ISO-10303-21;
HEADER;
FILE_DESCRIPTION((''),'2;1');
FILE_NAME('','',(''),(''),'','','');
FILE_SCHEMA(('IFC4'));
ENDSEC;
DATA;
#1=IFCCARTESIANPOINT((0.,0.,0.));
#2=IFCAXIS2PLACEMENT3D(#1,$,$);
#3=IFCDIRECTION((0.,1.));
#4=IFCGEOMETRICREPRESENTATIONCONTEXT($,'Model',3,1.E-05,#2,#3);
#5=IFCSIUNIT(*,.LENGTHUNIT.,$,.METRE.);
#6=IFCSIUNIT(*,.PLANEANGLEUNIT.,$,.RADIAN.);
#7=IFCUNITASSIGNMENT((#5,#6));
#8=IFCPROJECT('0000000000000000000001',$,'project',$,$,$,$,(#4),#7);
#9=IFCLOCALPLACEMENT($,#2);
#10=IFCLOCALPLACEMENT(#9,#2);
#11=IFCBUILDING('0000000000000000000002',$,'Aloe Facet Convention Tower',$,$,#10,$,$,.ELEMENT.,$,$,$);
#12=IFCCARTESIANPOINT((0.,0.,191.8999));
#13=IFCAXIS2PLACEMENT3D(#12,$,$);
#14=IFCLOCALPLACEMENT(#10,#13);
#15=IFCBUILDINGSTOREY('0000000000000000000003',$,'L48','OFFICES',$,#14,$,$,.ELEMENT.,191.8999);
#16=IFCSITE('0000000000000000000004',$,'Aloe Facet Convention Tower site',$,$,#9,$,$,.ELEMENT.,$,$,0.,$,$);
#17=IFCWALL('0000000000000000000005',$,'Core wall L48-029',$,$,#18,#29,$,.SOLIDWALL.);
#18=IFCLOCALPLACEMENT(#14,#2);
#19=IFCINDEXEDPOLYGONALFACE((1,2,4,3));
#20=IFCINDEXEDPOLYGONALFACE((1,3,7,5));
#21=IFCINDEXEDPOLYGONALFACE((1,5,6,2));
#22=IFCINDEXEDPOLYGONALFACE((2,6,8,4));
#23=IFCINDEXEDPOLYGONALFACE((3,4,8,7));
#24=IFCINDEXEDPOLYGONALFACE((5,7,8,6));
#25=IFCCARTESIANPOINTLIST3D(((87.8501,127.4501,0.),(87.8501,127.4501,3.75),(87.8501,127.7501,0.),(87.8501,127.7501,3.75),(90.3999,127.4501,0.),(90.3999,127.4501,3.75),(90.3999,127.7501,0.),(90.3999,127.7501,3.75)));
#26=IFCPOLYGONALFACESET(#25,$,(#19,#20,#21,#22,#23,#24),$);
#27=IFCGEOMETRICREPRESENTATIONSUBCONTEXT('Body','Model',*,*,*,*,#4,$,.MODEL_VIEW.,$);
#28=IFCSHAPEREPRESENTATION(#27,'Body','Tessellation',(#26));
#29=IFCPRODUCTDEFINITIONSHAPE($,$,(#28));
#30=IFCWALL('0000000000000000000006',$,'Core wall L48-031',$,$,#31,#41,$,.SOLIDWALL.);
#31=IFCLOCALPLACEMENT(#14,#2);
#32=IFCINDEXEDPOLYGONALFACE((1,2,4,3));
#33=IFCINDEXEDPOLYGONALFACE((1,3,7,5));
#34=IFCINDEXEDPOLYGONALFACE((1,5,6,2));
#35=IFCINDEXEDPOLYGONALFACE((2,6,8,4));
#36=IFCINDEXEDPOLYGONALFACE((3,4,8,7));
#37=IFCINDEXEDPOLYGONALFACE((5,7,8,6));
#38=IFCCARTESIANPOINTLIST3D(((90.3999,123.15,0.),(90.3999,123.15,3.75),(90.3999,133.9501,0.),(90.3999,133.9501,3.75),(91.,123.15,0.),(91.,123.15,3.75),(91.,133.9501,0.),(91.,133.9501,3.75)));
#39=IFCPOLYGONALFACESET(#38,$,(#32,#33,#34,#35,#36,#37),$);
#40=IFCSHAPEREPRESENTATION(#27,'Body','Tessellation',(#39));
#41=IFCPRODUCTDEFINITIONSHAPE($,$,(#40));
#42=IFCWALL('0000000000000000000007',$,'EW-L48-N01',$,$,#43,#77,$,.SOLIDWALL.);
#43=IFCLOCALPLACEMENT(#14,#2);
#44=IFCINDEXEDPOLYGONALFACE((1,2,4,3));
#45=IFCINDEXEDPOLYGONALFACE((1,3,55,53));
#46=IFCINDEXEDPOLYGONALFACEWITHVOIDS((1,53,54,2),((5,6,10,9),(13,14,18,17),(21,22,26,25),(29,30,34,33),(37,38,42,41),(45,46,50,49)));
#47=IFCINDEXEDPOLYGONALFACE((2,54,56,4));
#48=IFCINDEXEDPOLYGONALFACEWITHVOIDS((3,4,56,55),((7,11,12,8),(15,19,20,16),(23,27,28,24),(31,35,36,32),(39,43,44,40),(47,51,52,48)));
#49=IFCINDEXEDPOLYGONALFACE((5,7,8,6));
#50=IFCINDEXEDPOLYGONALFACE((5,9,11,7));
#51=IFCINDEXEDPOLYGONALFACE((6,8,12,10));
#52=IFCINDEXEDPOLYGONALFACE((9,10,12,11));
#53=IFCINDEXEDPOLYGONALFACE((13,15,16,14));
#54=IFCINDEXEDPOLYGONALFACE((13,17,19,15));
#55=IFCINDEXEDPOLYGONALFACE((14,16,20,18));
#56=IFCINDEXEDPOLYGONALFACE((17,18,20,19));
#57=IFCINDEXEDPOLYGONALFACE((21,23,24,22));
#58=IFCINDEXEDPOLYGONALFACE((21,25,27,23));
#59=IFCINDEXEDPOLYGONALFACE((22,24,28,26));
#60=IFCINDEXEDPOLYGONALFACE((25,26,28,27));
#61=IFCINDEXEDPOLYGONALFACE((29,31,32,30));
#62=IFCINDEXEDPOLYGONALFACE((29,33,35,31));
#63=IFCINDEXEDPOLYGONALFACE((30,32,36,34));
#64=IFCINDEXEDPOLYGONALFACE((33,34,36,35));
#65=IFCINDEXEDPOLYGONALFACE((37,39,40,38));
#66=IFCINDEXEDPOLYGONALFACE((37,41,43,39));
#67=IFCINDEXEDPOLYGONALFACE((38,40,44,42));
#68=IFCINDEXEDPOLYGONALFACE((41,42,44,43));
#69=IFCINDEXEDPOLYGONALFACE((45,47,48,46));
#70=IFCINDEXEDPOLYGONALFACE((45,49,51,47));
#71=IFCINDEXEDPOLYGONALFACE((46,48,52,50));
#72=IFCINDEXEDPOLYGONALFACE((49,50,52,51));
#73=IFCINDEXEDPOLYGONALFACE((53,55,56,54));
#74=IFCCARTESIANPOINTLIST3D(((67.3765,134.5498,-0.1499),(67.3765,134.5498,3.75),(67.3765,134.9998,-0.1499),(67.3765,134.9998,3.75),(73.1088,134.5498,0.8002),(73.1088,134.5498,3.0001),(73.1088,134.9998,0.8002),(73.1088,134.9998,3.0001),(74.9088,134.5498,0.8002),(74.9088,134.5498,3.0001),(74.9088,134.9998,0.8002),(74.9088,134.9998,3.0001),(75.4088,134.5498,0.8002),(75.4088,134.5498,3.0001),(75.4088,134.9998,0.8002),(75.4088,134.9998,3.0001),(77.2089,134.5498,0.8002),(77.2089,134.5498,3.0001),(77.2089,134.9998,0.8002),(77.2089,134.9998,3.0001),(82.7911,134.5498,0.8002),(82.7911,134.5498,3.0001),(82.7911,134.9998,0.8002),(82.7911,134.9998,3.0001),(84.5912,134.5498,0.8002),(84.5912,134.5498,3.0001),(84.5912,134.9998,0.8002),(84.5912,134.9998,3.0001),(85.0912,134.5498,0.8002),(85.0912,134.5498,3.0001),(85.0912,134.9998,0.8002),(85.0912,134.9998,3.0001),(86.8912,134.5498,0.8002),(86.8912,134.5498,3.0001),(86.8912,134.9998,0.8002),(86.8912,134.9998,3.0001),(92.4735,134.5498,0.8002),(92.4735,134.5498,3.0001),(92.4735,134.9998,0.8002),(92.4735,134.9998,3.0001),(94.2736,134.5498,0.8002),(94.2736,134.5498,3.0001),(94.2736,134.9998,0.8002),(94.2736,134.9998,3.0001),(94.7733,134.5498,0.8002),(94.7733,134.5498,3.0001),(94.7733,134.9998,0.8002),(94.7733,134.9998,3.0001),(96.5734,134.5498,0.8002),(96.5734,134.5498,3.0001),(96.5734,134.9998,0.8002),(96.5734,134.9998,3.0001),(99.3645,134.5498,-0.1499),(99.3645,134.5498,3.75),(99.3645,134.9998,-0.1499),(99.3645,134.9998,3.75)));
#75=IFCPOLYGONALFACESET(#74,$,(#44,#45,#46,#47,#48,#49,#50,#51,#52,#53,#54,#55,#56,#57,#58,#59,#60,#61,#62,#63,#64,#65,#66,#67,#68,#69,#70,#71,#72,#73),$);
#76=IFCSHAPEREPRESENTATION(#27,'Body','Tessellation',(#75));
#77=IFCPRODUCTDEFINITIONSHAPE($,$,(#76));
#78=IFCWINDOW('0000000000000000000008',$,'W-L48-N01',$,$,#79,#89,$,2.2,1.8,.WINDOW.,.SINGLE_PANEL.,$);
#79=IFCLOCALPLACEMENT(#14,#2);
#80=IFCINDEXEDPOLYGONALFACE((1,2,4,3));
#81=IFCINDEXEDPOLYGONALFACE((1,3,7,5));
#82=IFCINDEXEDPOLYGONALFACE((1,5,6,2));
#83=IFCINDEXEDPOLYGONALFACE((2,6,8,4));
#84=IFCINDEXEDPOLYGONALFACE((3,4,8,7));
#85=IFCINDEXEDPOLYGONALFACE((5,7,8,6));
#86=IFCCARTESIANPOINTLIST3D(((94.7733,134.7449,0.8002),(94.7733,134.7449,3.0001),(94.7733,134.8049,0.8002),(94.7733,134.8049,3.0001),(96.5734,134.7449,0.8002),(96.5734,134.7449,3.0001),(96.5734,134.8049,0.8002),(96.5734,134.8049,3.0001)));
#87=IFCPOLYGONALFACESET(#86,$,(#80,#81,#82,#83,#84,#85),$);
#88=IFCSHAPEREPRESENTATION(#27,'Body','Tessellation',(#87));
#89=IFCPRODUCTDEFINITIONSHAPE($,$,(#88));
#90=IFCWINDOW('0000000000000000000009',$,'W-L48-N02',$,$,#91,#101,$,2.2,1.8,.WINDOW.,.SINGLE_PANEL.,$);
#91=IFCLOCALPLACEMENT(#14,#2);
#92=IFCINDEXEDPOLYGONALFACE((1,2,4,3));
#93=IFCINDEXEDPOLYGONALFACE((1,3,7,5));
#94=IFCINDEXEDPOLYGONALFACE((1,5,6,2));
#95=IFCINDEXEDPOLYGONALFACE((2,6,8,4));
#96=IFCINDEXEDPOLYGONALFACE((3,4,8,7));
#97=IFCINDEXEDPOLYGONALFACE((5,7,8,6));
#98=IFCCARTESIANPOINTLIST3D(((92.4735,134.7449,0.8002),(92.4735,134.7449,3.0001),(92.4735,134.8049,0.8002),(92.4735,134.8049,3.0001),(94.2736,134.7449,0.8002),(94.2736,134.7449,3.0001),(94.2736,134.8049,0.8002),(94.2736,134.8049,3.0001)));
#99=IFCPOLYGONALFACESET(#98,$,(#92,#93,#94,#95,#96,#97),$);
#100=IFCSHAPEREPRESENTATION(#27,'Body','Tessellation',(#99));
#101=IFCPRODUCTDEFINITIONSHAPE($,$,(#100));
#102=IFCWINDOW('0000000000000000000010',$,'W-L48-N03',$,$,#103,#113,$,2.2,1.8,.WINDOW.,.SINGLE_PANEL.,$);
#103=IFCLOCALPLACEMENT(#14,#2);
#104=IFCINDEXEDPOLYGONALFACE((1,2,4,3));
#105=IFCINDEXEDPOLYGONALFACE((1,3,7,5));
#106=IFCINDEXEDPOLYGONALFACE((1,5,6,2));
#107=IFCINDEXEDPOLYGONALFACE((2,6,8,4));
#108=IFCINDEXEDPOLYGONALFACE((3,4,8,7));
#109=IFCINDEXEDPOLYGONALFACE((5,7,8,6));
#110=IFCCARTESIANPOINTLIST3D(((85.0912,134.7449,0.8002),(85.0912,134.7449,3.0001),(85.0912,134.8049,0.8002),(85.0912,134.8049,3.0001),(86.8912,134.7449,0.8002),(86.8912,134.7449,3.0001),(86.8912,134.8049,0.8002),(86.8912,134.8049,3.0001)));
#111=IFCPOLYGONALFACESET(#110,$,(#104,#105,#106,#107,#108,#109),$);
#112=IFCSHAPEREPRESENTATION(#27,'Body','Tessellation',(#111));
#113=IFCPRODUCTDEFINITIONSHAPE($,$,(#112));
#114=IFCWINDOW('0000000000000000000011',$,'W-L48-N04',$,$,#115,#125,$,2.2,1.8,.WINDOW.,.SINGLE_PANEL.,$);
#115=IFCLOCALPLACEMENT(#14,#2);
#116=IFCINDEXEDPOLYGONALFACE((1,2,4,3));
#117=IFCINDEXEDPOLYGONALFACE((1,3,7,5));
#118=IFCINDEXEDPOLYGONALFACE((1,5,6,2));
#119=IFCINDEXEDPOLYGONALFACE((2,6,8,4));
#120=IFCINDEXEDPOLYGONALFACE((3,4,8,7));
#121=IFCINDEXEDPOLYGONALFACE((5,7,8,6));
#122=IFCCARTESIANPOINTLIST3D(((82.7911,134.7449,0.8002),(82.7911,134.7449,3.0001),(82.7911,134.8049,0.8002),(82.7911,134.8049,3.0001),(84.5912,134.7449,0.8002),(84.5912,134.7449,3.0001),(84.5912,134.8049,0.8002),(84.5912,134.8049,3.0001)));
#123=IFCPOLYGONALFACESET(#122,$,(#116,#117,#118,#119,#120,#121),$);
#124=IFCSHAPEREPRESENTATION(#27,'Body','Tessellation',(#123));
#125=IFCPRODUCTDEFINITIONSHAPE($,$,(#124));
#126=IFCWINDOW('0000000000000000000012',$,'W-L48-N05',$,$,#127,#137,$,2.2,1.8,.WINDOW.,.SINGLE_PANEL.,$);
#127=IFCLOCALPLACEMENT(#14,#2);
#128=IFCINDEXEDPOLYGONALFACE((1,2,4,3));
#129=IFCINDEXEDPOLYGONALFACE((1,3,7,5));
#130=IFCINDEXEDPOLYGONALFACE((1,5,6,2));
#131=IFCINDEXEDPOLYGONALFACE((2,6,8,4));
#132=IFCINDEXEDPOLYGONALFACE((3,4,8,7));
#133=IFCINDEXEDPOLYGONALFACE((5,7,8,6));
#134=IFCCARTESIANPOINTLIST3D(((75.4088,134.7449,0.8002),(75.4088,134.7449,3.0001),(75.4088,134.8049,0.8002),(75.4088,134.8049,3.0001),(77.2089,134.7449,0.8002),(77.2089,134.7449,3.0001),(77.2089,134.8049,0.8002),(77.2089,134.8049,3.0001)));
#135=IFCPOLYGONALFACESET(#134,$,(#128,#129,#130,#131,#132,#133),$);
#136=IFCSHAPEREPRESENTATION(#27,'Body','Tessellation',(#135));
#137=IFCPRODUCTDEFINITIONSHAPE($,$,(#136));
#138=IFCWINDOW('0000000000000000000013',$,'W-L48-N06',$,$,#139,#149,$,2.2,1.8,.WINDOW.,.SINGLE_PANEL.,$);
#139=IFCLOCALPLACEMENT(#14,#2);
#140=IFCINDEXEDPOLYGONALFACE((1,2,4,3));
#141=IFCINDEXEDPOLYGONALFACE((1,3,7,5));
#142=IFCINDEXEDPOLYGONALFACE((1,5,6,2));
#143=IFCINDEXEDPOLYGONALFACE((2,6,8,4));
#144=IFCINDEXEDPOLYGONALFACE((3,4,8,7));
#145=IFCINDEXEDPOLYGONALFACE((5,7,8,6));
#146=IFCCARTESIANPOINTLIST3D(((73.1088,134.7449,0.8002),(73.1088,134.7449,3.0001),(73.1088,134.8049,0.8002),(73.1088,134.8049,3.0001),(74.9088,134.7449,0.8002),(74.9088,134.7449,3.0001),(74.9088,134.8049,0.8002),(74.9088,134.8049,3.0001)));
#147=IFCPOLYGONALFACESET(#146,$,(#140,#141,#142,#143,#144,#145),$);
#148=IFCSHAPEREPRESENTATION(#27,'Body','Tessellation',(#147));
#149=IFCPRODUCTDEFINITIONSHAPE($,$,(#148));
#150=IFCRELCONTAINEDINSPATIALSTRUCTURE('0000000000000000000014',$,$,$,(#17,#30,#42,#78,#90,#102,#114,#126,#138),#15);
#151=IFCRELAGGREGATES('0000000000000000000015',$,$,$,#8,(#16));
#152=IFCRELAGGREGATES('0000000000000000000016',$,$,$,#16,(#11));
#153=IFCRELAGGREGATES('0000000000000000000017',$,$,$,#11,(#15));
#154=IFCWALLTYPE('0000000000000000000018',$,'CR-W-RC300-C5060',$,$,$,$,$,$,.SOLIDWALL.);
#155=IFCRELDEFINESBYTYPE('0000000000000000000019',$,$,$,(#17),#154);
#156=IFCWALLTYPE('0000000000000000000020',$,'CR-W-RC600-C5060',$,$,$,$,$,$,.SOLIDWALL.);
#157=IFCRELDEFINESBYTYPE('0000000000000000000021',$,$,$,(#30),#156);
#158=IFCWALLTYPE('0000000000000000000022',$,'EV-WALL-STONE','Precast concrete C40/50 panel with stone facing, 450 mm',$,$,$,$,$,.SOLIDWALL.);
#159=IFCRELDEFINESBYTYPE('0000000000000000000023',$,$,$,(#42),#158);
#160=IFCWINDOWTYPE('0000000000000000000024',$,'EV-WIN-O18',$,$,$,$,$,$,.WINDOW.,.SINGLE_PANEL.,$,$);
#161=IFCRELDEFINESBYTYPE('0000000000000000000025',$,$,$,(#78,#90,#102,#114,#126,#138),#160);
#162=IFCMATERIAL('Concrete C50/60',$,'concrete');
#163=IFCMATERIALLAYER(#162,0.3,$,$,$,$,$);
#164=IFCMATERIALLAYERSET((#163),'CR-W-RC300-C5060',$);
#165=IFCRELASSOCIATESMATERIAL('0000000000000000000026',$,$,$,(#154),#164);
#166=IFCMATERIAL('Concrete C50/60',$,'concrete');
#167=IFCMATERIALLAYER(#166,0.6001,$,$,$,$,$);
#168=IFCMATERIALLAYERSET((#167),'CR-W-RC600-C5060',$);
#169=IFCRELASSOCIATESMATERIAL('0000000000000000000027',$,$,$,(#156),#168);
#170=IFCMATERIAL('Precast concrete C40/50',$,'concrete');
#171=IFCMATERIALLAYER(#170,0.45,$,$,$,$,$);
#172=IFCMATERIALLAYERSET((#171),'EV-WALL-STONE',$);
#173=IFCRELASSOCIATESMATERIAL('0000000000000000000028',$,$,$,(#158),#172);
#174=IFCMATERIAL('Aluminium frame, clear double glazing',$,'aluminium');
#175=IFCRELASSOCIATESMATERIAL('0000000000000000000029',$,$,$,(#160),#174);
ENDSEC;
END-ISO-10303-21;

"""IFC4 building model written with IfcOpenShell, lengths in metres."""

from ifc_helpers import new_model, si_unit, direction, frame, frame_2d, origin, place, context, subcontext, project, spatial, polyline, rectangle, outline, extrude, material, layer, layer_set, type_object, element, fill, save


model = new_model("IFC4")

# Units and contexts
model_context = context("Model", 3, precision=1e-05, world=origin(), true_north=direction((0.0, 1.0)))
body_context = subcontext(model_context, "Body", "Model", "MODEL_VIEW")
ifc_project = project(units=[si_unit("LENGTHUNIT", "METRE"), si_unit("PLANEANGLEUNIT", "RADIAN")], contexts=[model_context])

# Site, building, storey
site_placement = place(None, origin())
site = spatial("IfcSite", under=ifc_project, at=site_placement, Name="Aloe Facet Convention Tower site", CompositionType="ELEMENT", RefElevation=0.0)
building_placement = place(site_placement, origin())
building = spatial("IfcBuilding", under=site, at=building_placement, Name="Aloe Facet Convention Tower", CompositionType="ELEMENT")
storey_placement = place(building_placement, frame((0.0, 0.0, 191.8999)))
storey = spatial("IfcBuildingStorey", under=building, at=storey_placement, Name="L48", Description="OFFICES", CompositionType="ELEMENT", Elevation=191.8999)

# Walls
ifc_material_1 = material(Name="Concrete C50/60", Category="concrete")
ifc_layer_1 = layer(ifc_material_1, 0.3)
ifc_layer_set_1 = layer_set([ifc_layer_1], Name="CR-W-RC300-C5060")
wall_type_1 = type_object("IfcWallType", Name="CR-W-RC300-C5060", PredefinedType="SOLIDWALL", material=ifc_layer_set_1)
wall_1_placement = place(storey_placement, frame((87.8501, 127.6001, 0.0), z_axis=(0.0, 0.0, 1.0), x_axis=(1.0, 0.0, 0.0)))
element("IfcWall", 1, at=wall_1_placement, inside=storey, type_object=wall_type_1, Name="Core wall L48-029", PredefinedType="SOLIDWALL", context=body_context, shape_type="SweptSolid", body=[
    extrude(rectangle(XDim=2.5498, YDim=0.3, at=frame_2d((1.2749, 0.0))), origin(), (0.0, 0.0, 1.0), 3.75),
])
ifc_material_2 = material(Name="Concrete C50/60", Category="concrete")
ifc_layer_2 = layer(ifc_material_2, 0.6001)
ifc_layer_set_2 = layer_set([ifc_layer_2], Name="CR-W-RC600-C5060")
wall_type_2 = type_object("IfcWallType", Name="CR-W-RC600-C5060", PredefinedType="SOLIDWALL", material=ifc_layer_set_2)
wall_2_placement = place(storey_placement, frame((90.7, 133.95, 0.0), z_axis=(0.0, 0.0, 1.0), x_axis=(0.0, -1.0, 0.0)))
element("IfcWall", 2, at=wall_2_placement, inside=storey, type_object=wall_type_2, Name="Core wall L48-031", PredefinedType="SOLIDWALL", context=body_context, shape_type="SweptSolid", body=[
    extrude(rectangle(XDim=10.8, YDim=0.6001, at=frame_2d((5.3999, 0.0))), origin(), (0.0, 0.0, 1.0), 3.75),
])

# Wall, openings, windows
ifc_material_3 = material(Name="Precast concrete C40/50", Category="concrete")
ifc_layer_3 = layer(ifc_material_3, 0.45)
ifc_layer_set_3 = layer_set([ifc_layer_3], Name="EV-WALL-STONE")
wall_type_3 = type_object("IfcWallType", Name="EV-WALL-STONE", Description="Precast concrete C40/50 panel with stone facing, 450 mm", PredefinedType="SOLIDWALL", material=ifc_layer_set_3)
wall_3_placement = place(storey_placement, frame((99.3645, 134.7749, -0.1499), z_axis=(0.0, 0.0, 1.0), x_axis=(-1.0, 0.0, 0.0)))
wall_3 = element("IfcWall", 3, at=wall_3_placement, inside=storey, type_object=wall_type_3, Name="EW-L48-N01", PredefinedType="SOLIDWALL", context=body_context, shape_type="SweptSolid", body=[
    extrude(outline(polyline([(0.0, 0.0), (0.0, 3.8999), (31.988, 3.8999), (31.988, 0.0), (0.0, 0.0)])), frame((0.0, 0.2251, 0.0), z_axis=(0.0, -1.0, 0.0), x_axis=(1.0, 0.0, 0.0)), (0.0, 0.0, 1.0), 0.45),
])
opening_1_placement = place(wall_3_placement, frame((2.7913, 0.0, 0.95)))
opening_1 = element("IfcOpeningElement", 4, at=opening_1_placement, cuts=wall_3, PredefinedType="OPENING", context=body_context, shape_type="SweptSolid", body=[
    extrude(rectangle(XDim=1.8, YDim=2.2, at=frame_2d((0.8999, 1.1001))), frame((0.0, 0.2349, 0.0), z_axis=(0.0, -1.0, 0.0), x_axis=(1.0, 0.0, 0.0)), (0.0, 0.0, 1.0), 0.47),
])
opening_2_placement = place(wall_3_placement, frame((5.0911, 0.0, 0.95)))
opening_2 = element("IfcOpeningElement", 5, at=opening_2_placement, cuts=wall_3, PredefinedType="OPENING", context=body_context, shape_type="SweptSolid", body=[
    extrude(rectangle(XDim=1.8, YDim=2.2, at=frame_2d((0.8999, 1.1001))), frame((0.0, 0.2349, 0.0), z_axis=(0.0, -1.0, 0.0), x_axis=(1.0, 0.0, 0.0)), (0.0, 0.0, 1.0), 0.47),
])
opening_3_placement = place(wall_3_placement, frame((12.4734, 0.0, 0.95)))
opening_3 = element("IfcOpeningElement", 6, at=opening_3_placement, cuts=wall_3, PredefinedType="OPENING", context=body_context, shape_type="SweptSolid", body=[
    extrude(rectangle(XDim=1.8, YDim=2.2, at=frame_2d((0.8999, 1.1001))), frame((0.0, 0.2349, 0.0), z_axis=(0.0, -1.0, 0.0), x_axis=(1.0, 0.0, 0.0)), (0.0, 0.0, 1.0), 0.47),
])
opening_4_placement = place(wall_3_placement, frame((14.7734, 0.0, 0.95)))
opening_4 = element("IfcOpeningElement", 7, at=opening_4_placement, cuts=wall_3, PredefinedType="OPENING", context=body_context, shape_type="SweptSolid", body=[
    extrude(rectangle(XDim=1.8, YDim=2.2, at=frame_2d((0.8999, 1.1001))), frame((0.0, 0.2349, 0.0), z_axis=(0.0, -1.0, 0.0), x_axis=(1.0, 0.0, 0.0)), (0.0, 0.0, 1.0), 0.47),
])
opening_5_placement = place(wall_3_placement, frame((22.1558, 0.0, 0.95)))
opening_5 = element("IfcOpeningElement", 8, at=opening_5_placement, cuts=wall_3, PredefinedType="OPENING", context=body_context, shape_type="SweptSolid", body=[
    extrude(rectangle(XDim=1.8, YDim=2.2, at=frame_2d((0.8999, 1.1001))), frame((0.0, 0.2349, 0.0), z_axis=(0.0, -1.0, 0.0), x_axis=(1.0, 0.0, 0.0)), (0.0, 0.0, 1.0), 0.47),
])
opening_6_placement = place(wall_3_placement, frame((24.4558, 0.0, 0.95)))
opening_6 = element("IfcOpeningElement", 9, at=opening_6_placement, cuts=wall_3, PredefinedType="OPENING", context=body_context, shape_type="SweptSolid", body=[
    extrude(rectangle(XDim=1.8, YDim=2.2, at=frame_2d((0.8999, 1.1001))), frame((0.0, 0.2349, 0.0), z_axis=(0.0, -1.0, 0.0), x_axis=(1.0, 0.0, 0.0)), (0.0, 0.0, 1.0), 0.47),
])
ifc_material_4 = material(Name="Aluminium frame, clear double glazing", Category="aluminium")
window_type = type_object("IfcWindowType", Name="EV-WIN-O18", PartitioningType="SINGLE_PANEL", PredefinedType="WINDOW", material=ifc_material_4)
window_1_placement = place(opening_1_placement, origin())
window_1 = element("IfcWindow", 10, at=window_1_placement, inside=storey, type_object=window_type, Name="W-L48-N01", OverallHeight=2.2, OverallWidth=1.8, PartitioningType="SINGLE_PANEL", PredefinedType="WINDOW", context=body_context, shape_type="SweptSolid", body=[
    extrude(rectangle(XDim=1.8, YDim=2.2, at=frame_2d((0.8999, 1.1001))), frame((0.0, 0.03, 0.0), z_axis=(0.0, -1.0, 0.0), x_axis=(1.0, 0.0, 0.0)), (0.0, 0.0, 1.0), 0.0601),
])
fill(opening_1, window_1)
window_2_placement = place(opening_2_placement, origin())
window_2 = element("IfcWindow", 11, at=window_2_placement, inside=storey, type_object=window_type, Name="W-L48-N02", OverallHeight=2.2, OverallWidth=1.8, PartitioningType="SINGLE_PANEL", PredefinedType="WINDOW", context=body_context, shape_type="SweptSolid", body=[
    extrude(rectangle(XDim=1.8, YDim=2.2, at=frame_2d((0.8999, 1.1001))), frame((0.0, 0.03, 0.0), z_axis=(0.0, -1.0, 0.0), x_axis=(1.0, 0.0, 0.0)), (0.0, 0.0, 1.0), 0.0601),
])
fill(opening_2, window_2)
window_3_placement = place(opening_3_placement, origin())
window_3 = element("IfcWindow", 12, at=window_3_placement, inside=storey, type_object=window_type, Name="W-L48-N03", OverallHeight=2.2, OverallWidth=1.8, PartitioningType="SINGLE_PANEL", PredefinedType="WINDOW", context=body_context, shape_type="SweptSolid", body=[
    extrude(rectangle(XDim=1.8, YDim=2.2, at=frame_2d((0.8999, 1.1001))), frame((0.0, 0.03, 0.0), z_axis=(0.0, -1.0, 0.0), x_axis=(1.0, 0.0, 0.0)), (0.0, 0.0, 1.0), 0.0601),
])
fill(opening_3, window_3)
window_4_placement = place(opening_4_placement, origin())
window_4 = element("IfcWindow", 13, at=window_4_placement, inside=storey, type_object=window_type, Name="W-L48-N04", OverallHeight=2.2, OverallWidth=1.8, PartitioningType="SINGLE_PANEL", PredefinedType="WINDOW", context=body_context, shape_type="SweptSolid", body=[
    extrude(rectangle(XDim=1.8, YDim=2.2, at=frame_2d((0.8999, 1.1001))), frame((0.0, 0.03, 0.0), z_axis=(0.0, -1.0, 0.0), x_axis=(1.0, 0.0, 0.0)), (0.0, 0.0, 1.0), 0.0601),
])
fill(opening_4, window_4)
window_5_placement = place(opening_5_placement, origin())
window_5 = element("IfcWindow", 14, at=window_5_placement, inside=storey, type_object=window_type, Name="W-L48-N05", OverallHeight=2.2, OverallWidth=1.8, PartitioningType="SINGLE_PANEL", PredefinedType="WINDOW", context=body_context, shape_type="SweptSolid", body=[
    extrude(rectangle(XDim=1.8, YDim=2.2, at=frame_2d((0.8999, 1.1001))), frame((0.0, 0.03, 0.0), z_axis=(0.0, -1.0, 0.0), x_axis=(1.0, 0.0, 0.0)), (0.0, 0.0, 1.0), 0.0601),
])
fill(opening_5, window_5)
window_6_placement = place(opening_6_placement, origin())
window_6 = element("IfcWindow", 15, at=window_6_placement, inside=storey, type_object=window_type, Name="W-L48-N06", OverallHeight=2.2, OverallWidth=1.8, PartitioningType="SINGLE_PANEL", PredefinedType="WINDOW", context=body_context, shape_type="SweptSolid", body=[
    extrude(rectangle(XDim=1.8, YDim=2.2, at=frame_2d((0.8999, 1.1001))), frame((0.0, 0.03, 0.0), z_axis=(0.0, -1.0, 0.0), x_axis=(1.0, 0.0, 0.0)), (0.0, 0.0, 1.0), 0.0601),
])
fill(opening_6, window_6)

save(model, "model.ifc")
